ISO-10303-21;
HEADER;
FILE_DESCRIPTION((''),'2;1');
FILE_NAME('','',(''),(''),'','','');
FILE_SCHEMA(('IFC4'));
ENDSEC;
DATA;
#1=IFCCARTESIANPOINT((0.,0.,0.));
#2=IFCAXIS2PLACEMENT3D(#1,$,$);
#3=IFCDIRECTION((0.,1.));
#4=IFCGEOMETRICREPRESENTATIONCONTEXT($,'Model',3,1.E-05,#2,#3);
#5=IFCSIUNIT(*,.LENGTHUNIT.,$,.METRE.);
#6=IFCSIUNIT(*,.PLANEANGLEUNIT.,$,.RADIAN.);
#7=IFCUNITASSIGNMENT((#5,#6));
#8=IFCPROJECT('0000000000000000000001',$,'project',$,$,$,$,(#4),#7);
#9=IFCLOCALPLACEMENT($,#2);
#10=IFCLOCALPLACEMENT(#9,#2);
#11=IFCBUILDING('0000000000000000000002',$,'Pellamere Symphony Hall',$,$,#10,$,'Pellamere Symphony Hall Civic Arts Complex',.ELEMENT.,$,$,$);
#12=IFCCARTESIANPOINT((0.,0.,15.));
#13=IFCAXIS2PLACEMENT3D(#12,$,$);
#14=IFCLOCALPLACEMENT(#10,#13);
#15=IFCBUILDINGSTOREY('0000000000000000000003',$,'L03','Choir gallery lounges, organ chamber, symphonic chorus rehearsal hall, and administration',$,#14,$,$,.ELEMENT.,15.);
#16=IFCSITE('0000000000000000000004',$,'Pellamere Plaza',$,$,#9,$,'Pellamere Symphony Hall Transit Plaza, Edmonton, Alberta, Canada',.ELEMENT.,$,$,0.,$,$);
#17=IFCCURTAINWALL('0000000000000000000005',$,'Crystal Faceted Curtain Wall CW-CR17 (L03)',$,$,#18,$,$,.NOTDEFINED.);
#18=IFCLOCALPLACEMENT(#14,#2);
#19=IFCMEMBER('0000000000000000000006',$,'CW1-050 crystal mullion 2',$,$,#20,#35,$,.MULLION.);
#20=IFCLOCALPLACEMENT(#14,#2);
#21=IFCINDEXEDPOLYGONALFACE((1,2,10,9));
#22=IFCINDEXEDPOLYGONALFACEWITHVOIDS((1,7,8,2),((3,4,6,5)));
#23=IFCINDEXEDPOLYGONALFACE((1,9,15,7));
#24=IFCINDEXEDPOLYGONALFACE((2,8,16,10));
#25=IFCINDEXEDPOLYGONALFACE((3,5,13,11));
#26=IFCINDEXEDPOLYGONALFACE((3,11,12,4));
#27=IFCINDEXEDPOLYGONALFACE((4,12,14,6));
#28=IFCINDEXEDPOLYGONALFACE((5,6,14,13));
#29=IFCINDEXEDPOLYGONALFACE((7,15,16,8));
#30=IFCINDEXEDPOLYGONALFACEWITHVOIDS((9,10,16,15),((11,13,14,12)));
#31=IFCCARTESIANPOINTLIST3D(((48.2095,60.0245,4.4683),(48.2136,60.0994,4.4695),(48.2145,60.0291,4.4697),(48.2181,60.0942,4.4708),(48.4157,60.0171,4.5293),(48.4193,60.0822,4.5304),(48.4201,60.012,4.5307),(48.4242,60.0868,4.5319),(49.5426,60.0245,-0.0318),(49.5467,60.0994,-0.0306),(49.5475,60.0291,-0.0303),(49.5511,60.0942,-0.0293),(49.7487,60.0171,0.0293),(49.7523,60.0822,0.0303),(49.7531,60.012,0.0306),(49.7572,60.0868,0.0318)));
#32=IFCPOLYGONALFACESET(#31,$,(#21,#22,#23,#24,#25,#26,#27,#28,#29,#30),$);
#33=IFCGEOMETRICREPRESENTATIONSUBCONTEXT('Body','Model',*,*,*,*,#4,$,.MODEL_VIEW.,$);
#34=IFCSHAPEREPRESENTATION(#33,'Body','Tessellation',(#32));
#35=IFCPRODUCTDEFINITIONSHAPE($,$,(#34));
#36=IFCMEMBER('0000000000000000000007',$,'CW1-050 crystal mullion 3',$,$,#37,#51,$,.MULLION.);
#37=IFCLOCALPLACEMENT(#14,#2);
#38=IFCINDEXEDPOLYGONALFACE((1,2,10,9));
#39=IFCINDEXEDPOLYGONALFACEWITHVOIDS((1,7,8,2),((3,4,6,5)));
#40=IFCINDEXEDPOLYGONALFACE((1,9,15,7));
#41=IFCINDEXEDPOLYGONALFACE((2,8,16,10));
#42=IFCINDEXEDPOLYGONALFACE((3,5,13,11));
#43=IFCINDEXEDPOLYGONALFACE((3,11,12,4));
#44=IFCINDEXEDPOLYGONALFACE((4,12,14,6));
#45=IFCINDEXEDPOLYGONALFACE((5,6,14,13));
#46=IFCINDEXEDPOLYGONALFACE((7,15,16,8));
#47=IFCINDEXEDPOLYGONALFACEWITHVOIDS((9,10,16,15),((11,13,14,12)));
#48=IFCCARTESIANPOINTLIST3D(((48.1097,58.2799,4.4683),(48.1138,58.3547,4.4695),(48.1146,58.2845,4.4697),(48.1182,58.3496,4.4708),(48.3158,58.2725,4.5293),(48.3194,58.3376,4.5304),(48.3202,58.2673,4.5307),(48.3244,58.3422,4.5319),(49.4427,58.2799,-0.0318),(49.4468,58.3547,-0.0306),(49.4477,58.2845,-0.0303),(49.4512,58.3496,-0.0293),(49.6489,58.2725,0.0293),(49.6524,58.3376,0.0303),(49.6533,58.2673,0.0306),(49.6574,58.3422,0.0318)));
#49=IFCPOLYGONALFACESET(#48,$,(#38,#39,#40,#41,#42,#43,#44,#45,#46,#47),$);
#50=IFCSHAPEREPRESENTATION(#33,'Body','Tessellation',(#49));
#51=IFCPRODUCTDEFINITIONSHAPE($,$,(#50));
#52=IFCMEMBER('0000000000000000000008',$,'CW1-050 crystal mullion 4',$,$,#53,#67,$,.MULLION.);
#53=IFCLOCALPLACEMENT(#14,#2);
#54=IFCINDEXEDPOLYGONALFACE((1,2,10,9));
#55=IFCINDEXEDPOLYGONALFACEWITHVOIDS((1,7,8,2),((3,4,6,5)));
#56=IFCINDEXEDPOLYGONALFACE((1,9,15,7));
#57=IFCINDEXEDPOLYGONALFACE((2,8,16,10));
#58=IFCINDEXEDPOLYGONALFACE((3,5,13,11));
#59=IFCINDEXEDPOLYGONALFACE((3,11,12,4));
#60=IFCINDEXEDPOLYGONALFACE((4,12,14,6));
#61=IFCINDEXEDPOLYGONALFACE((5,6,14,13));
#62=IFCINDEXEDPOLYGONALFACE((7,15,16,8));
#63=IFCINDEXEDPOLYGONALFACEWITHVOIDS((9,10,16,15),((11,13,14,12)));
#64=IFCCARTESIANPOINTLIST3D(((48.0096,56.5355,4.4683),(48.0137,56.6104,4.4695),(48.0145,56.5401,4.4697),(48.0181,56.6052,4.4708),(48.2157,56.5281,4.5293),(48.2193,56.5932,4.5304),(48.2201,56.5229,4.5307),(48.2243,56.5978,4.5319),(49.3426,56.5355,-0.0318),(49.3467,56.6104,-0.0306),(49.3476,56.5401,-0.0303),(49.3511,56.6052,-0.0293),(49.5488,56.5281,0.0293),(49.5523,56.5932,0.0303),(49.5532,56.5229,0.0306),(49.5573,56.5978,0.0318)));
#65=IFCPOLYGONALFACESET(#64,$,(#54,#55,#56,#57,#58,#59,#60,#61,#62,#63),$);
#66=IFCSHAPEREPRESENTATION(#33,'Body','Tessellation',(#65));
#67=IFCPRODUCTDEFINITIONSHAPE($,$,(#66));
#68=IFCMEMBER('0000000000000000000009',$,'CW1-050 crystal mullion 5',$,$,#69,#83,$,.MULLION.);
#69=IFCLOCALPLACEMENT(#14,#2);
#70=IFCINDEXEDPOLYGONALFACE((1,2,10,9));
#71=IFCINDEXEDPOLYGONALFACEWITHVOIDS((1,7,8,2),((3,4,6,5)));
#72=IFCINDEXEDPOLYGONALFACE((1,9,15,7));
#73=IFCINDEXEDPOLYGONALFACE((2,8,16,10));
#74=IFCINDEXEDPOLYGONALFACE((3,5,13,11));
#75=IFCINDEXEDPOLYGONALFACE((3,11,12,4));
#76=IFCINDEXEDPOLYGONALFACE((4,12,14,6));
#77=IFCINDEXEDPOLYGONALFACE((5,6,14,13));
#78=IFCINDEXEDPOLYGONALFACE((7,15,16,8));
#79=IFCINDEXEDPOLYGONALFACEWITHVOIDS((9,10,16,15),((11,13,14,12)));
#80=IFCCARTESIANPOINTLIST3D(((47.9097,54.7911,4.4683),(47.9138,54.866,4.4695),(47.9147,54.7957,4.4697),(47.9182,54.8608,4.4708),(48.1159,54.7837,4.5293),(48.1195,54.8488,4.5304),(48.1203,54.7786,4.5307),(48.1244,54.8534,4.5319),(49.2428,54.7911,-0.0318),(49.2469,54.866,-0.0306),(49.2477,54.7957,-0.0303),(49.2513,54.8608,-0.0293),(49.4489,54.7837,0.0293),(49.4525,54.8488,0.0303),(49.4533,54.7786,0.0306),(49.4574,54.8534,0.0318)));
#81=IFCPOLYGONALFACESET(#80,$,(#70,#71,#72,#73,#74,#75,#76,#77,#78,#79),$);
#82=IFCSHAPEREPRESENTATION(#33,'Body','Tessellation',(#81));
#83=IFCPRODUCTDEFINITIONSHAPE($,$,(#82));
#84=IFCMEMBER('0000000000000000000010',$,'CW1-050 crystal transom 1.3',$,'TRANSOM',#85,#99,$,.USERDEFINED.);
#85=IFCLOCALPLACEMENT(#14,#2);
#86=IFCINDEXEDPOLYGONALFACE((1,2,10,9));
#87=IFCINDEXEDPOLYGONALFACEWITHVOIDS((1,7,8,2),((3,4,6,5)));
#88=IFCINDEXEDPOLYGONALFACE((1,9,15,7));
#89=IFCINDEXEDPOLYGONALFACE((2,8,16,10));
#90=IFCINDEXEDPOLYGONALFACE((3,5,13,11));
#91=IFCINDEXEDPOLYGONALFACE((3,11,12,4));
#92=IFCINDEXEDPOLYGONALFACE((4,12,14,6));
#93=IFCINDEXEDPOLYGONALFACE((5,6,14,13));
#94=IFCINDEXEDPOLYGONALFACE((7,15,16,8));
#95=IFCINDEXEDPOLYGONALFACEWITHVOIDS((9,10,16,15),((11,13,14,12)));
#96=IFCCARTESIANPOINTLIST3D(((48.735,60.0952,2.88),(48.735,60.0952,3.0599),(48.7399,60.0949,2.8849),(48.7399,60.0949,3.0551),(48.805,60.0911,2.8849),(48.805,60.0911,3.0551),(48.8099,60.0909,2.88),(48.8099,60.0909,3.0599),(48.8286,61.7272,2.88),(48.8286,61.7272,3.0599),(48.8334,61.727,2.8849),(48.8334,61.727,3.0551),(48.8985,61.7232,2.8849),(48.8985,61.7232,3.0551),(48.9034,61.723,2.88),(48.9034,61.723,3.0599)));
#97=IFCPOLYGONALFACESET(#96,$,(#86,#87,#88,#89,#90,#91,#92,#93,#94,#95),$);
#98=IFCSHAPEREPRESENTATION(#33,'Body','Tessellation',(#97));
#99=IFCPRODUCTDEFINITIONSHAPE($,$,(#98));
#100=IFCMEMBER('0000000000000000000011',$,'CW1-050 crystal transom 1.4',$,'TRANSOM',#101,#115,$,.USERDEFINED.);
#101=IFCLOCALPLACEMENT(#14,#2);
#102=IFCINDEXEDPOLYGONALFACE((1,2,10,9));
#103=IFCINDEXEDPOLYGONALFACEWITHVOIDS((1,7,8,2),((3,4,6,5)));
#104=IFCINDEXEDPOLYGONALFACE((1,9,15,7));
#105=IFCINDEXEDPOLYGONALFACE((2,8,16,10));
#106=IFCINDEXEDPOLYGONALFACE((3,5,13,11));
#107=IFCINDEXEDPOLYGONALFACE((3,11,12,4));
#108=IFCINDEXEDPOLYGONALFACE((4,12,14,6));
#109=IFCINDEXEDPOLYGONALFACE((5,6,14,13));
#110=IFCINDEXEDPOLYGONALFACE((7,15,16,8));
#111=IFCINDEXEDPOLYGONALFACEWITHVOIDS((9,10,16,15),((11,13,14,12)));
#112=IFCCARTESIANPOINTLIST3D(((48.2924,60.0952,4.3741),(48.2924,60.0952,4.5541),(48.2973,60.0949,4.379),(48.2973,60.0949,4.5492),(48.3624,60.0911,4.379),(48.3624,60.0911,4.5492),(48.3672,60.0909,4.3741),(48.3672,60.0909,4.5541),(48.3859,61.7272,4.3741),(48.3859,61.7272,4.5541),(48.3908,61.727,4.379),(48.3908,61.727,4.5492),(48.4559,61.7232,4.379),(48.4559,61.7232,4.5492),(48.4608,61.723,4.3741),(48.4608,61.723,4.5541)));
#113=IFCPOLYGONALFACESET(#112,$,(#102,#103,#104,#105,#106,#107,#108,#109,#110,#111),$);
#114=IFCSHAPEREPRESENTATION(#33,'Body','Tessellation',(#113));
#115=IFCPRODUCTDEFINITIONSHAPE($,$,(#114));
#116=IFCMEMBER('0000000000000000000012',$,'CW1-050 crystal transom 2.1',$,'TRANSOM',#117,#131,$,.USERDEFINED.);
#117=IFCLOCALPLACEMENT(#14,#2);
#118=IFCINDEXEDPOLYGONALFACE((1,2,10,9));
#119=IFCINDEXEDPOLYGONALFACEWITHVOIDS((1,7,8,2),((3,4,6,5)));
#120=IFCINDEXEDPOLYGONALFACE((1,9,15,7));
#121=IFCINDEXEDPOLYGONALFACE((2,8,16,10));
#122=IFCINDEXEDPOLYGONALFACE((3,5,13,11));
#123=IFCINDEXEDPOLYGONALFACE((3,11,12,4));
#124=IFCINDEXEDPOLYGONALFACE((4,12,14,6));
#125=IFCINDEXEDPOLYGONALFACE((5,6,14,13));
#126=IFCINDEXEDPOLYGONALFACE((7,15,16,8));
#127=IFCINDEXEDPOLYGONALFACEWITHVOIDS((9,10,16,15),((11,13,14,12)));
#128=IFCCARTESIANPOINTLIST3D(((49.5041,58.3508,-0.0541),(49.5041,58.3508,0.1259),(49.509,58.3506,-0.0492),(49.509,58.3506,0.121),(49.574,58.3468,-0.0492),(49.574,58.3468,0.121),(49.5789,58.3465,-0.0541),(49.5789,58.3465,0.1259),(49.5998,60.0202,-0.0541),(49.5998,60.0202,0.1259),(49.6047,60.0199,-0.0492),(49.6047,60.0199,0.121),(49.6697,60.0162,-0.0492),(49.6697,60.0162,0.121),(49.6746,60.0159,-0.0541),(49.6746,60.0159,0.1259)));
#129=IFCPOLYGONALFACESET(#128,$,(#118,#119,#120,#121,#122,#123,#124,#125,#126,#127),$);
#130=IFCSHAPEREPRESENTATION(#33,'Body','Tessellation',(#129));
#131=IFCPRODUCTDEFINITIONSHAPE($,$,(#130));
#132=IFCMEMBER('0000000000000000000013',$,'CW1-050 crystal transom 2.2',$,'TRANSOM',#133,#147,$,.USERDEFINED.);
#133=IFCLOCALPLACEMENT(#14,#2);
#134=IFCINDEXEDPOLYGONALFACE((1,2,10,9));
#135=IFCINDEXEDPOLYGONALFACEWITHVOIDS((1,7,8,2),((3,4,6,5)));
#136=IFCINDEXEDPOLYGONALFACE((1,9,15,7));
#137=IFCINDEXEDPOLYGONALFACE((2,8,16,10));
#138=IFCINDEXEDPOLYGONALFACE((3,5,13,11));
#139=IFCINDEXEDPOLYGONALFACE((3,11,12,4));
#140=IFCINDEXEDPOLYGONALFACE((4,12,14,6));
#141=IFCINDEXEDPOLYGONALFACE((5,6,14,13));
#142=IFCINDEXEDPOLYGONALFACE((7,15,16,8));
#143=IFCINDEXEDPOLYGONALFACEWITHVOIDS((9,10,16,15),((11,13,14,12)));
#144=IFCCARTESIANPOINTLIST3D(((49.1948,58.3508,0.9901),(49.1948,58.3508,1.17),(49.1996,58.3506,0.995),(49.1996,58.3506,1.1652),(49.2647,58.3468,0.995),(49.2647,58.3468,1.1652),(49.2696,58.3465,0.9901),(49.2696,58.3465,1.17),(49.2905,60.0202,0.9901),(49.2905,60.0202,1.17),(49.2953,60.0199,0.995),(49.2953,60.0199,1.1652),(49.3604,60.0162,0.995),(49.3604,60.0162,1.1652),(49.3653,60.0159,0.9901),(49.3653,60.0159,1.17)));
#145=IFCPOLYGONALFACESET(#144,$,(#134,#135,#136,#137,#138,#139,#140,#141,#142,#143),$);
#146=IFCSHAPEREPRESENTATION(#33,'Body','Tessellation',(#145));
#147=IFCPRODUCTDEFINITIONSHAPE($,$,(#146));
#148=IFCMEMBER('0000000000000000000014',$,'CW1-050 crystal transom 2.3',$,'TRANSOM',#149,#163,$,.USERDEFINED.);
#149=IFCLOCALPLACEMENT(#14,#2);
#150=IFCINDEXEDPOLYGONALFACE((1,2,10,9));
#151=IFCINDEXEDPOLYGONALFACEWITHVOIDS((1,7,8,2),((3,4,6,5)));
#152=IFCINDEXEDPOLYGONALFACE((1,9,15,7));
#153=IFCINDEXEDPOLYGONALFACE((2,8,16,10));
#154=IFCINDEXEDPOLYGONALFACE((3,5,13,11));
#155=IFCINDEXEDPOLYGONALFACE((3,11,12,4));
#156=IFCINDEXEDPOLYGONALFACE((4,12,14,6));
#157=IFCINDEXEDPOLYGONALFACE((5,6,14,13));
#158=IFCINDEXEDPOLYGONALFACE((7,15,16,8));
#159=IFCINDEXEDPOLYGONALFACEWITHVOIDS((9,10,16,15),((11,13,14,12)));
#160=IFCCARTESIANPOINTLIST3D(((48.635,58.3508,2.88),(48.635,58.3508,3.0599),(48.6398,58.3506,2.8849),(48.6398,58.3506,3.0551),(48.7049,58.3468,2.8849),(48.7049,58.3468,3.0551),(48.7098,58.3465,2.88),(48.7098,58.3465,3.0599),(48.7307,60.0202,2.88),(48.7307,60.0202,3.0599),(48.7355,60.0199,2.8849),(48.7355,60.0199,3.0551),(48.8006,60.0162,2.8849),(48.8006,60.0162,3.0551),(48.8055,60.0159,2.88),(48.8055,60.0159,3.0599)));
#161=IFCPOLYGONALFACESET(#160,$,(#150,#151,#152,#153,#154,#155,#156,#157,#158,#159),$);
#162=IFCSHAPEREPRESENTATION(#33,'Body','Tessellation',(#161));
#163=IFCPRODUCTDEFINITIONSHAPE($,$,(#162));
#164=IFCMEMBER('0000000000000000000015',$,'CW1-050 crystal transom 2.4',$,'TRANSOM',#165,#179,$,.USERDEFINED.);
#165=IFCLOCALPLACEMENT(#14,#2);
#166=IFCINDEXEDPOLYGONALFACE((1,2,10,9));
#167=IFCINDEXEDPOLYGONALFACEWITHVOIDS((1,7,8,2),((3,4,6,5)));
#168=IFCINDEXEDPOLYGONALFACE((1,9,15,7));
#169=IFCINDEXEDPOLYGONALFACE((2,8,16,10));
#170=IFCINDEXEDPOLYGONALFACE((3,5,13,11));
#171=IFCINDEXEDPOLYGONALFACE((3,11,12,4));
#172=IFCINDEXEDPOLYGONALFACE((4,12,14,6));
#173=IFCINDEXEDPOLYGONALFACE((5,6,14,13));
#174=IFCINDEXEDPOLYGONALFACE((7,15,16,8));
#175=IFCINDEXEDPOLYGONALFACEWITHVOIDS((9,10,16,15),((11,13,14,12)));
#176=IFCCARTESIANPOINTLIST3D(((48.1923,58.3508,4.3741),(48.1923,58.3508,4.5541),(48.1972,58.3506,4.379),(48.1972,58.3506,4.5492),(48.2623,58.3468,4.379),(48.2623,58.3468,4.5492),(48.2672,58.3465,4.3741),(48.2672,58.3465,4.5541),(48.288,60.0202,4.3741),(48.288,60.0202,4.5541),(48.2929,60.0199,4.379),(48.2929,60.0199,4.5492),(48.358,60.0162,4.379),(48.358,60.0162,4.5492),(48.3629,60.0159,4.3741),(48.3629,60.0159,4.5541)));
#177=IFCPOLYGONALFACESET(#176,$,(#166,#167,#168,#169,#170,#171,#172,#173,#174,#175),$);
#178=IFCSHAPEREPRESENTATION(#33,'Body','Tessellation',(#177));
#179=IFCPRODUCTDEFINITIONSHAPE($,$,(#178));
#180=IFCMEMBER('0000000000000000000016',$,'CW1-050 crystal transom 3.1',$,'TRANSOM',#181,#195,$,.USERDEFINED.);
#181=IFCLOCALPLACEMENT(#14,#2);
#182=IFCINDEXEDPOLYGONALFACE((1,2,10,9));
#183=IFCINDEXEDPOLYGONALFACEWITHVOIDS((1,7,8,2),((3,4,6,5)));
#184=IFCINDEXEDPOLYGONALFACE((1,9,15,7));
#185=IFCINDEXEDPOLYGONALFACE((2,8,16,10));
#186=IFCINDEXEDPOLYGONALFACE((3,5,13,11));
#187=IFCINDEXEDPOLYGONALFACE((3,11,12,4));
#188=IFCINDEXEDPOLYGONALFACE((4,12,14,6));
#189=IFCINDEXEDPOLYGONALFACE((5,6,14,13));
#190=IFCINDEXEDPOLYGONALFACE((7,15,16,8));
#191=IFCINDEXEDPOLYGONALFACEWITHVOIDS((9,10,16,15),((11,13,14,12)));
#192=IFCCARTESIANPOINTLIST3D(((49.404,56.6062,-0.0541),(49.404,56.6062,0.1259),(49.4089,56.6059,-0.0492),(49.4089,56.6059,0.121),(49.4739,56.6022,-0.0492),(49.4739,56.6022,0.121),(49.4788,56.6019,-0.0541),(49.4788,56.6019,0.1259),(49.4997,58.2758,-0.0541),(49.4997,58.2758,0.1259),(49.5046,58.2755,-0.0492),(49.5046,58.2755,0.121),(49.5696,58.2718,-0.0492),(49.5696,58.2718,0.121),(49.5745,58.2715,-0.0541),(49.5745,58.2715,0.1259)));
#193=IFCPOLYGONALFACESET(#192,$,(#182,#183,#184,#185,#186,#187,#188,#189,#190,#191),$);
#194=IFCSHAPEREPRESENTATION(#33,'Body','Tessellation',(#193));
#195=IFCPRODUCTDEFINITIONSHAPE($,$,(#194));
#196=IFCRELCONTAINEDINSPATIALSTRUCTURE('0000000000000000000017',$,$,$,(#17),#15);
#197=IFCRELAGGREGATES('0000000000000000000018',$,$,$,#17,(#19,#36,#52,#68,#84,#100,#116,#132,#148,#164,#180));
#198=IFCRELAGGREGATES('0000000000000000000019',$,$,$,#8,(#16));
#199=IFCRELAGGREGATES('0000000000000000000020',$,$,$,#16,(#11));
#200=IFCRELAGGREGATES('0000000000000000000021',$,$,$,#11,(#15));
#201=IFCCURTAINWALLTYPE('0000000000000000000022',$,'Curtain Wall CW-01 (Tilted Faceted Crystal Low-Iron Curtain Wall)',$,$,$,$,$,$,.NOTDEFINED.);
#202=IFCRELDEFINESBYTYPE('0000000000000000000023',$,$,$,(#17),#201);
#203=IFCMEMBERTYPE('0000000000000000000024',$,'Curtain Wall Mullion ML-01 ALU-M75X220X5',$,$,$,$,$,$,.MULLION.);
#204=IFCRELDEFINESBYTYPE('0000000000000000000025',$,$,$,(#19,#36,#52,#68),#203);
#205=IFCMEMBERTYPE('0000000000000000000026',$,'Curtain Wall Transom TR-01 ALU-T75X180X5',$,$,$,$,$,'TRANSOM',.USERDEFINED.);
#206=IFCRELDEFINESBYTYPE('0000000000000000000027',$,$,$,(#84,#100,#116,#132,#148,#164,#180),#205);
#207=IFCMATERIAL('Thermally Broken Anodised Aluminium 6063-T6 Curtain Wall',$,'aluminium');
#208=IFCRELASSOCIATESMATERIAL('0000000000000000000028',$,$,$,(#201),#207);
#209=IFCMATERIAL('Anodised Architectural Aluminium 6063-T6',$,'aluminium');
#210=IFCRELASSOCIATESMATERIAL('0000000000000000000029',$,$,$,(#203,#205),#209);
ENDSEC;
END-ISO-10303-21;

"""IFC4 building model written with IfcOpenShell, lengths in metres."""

from ifc_helpers import new_model, si_unit, direction, frame, origin, origin_2d, place, context, subcontext, project, spatial, hollow_rectangle, extrude, material, material_profile, profile_set, type_object, element, aggregate, save


model = new_model("IFC4")

# Units and contexts
model_context = context("Model", 3, precision=1e-05, world=origin(), true_north=direction((0.0, 1.0)))
body_context = subcontext(model_context, "Body", "Model", "MODEL_VIEW")
ifc_project = project(units=[si_unit("LENGTHUNIT", "METRE"), si_unit("PLANEANGLEUNIT", "RADIAN")], contexts=[model_context])

# Site, building, storey
site_placement = place(None, origin())
site = spatial("IfcSite", under=ifc_project, at=site_placement, Name="Pellamere Plaza", LongName="Pellamere Symphony Hall Transit Plaza, Edmonton, Alberta, Canada", CompositionType="ELEMENT", RefElevation=0.0)
building_placement = place(site_placement, origin())
building = spatial("IfcBuilding", under=site, at=building_placement, Name="Pellamere Symphony Hall", LongName="Pellamere Symphony Hall Civic Arts Complex", CompositionType="ELEMENT")
storey_placement = place(building_placement, frame((0.0, 0.0, 15.0)))
storey = spatial("IfcBuildingStorey", under=building, at=storey_placement, Name="L03", Description="Choir gallery lounges, organ chamber, symphonic chorus rehearsal hall, and administration", CompositionType="ELEMENT", Elevation=15.0)

# Curtain wall, members
ifc_material_1 = material(Name="Thermally Broken Anodised Aluminium 6063-T6 Curtain Wall", Category="aluminium")
curtain_wall_type = type_object("IfcCurtainWallType", Name="Curtain Wall CW-01 (Tilted Faceted Crystal Low-Iron Curtain Wall)", PredefinedType="NOTDEFINED", material=ifc_material_1)
curtain_wall_placement = place(storey_placement, origin())
curtain_wall = element("IfcCurtainWall", 1, at=curtain_wall_placement, inside=storey, type_object=curtain_wall_type, Name="Crystal Faceted Curtain Wall CW-CR17 (L03)", PredefinedType="NOTDEFINED")
ifc_material_2 = material(Name="Anodised Architectural Aluminium 6063-T6", Category="aluminium")
ifc_material_profile_1 = material_profile(ifc_material_2, hollow_rectangle(XDim=0.075, YDim=0.22, WallThickness=0.0049, at=origin_2d()), Name="ALU-M75X220X5")
ifc_profile_set_1 = profile_set([ifc_material_profile_1], Name="Anodised Architectural Aluminium 6063-T6")
member_type_1 = type_object("IfcMemberType", Name="Curtain Wall Mullion ML-01 ALU-M75X220X5", PredefinedType="MULLION", material=ifc_profile_set_1)
member_1_placement = place(storey_placement, frame((49.6499, 60.0557, 0.0), z_axis=(-0.284025, 0.0, 0.958817), x_axis=(-0.054874, -0.998361, -0.016255)))
member_1 = element("IfcMember", 2, at=member_1_placement, type_object=member_type_1, Name="CW1-050 crystal mullion 2", PredefinedType="MULLION", context=body_context, shape_type="SweptSolid", body=[
    extrude(hollow_rectangle(XDim=0.075, YDim=0.22, WallThickness=0.0049, at=origin_2d()), origin(), (0.0, 0.0, 1.0), 4.6934),
])
member_2_placement = place(storey_placement, frame((49.55, 58.311, 0.0), z_axis=(-0.284025, 0.0, 0.958817), x_axis=(-0.054874, -0.998361, -0.016255)))
member_2 = element("IfcMember", 3, at=member_2_placement, type_object=member_type_1, Name="CW1-050 crystal mullion 3", PredefinedType="MULLION", context=body_context, shape_type="SweptSolid", body=[
    extrude(hollow_rectangle(XDim=0.075, YDim=0.22, WallThickness=0.0049, at=origin_2d()), origin(), (0.0, 0.0, 1.0), 4.6934),
])
member_3_placement = place(storey_placement, frame((49.45, 56.5667, 0.0), z_axis=(-0.284025, 0.0, 0.958817), x_axis=(-0.054874, -0.998361, -0.016255)))
member_3 = element("IfcMember", 4, at=member_3_placement, type_object=member_type_1, Name="CW1-050 crystal mullion 4", PredefinedType="MULLION", context=body_context, shape_type="SweptSolid", body=[
    extrude(hollow_rectangle(XDim=0.075, YDim=0.22, WallThickness=0.0049, at=origin_2d()), origin(), (0.0, 0.0, 1.0), 4.6934),
])
member_4_placement = place(storey_placement, frame((49.3501, 54.8223, 0.0), z_axis=(-0.284025, 0.0, 0.958817), x_axis=(-0.054874, -0.998361, -0.016255)))
member_4 = element("IfcMember", 5, at=member_4_placement, type_object=member_type_1, Name="CW1-050 crystal mullion 5", PredefinedType="MULLION", context=body_context, shape_type="SweptSolid", body=[
    extrude(hollow_rectangle(XDim=0.075, YDim=0.22, WallThickness=0.0049, at=origin_2d()), origin(), (0.0, 0.0, 1.0), 4.6934),
])
ifc_material_profile_2 = material_profile(ifc_material_2, hollow_rectangle(XDim=0.075, YDim=0.1799, WallThickness=0.0049, at=origin_2d()), Name="ALU-T75X180X5")
ifc_profile_set_2 = profile_set([ifc_material_profile_2], Name="Anodised Architectural Aluminium 6063-T6")
member_type_2 = type_object("IfcMemberType", Name="Curtain Wall Transom TR-01 ALU-T75X180X5", ElementType="TRANSOM", PredefinedType="USERDEFINED", material=ifc_profile_set_2)
member_5_placement = place(storey_placement, frame((48.866, 61.7251, 2.97), z_axis=(-0.057199, -0.998363, 0.0), x_axis=(0.998363, -0.057199, 0.0)))
member_5 = element("IfcMember", 6, at=member_5_placement, type_object=member_type_2, Name="CW1-050 crystal transom 1.3", ObjectType="TRANSOM", PredefinedType="USERDEFINED", context=body_context, shape_type="SweptSolid", body=[
    extrude(hollow_rectangle(XDim=0.075, YDim=0.1799, WallThickness=0.0049, at=origin_2d()), origin(), (0.0, 0.0, 1.0), 1.6348),
])
member_6_placement = place(storey_placement, frame((48.4233, 61.7251, 4.4641), z_axis=(-0.057199, -0.998363, 0.0), x_axis=(0.998363, -0.057199, 0.0)))
member_6 = element("IfcMember", 7, at=member_6_placement, type_object=member_type_2, Name="CW1-050 crystal transom 1.4", ObjectType="TRANSOM", PredefinedType="USERDEFINED", context=body_context, shape_type="SweptSolid", body=[
    extrude(hollow_rectangle(XDim=0.075, YDim=0.1799, WallThickness=0.0049, at=origin_2d()), origin(), (0.0, 0.0, 1.0), 1.6348),
])
member_7_placement = place(storey_placement, frame((49.6372, 60.0181, 0.0359), z_axis=(-0.057233, -0.998361, 0.0), x_axis=(0.998361, -0.057233, 0.0)))
member_7 = element("IfcMember", 8, at=member_7_placement, type_object=member_type_2, Name="CW1-050 crystal transom 2.1", ObjectType="TRANSOM", PredefinedType="USERDEFINED", context=body_context, shape_type="SweptSolid", body=[
    extrude(hollow_rectangle(XDim=0.075, YDim=0.1799, WallThickness=0.0049, at=origin_2d()), origin(), (0.0, 0.0, 1.0), 1.6721),
])
member_8_placement = place(storey_placement, frame((49.3279, 60.0181, 1.0801), z_axis=(-0.057233, -0.998361, 0.0), x_axis=(0.998361, -0.057233, 0.0)))
member_8 = element("IfcMember", 9, at=member_8_placement, type_object=member_type_2, Name="CW1-050 crystal transom 2.2", ObjectType="TRANSOM", PredefinedType="USERDEFINED", context=body_context, shape_type="SweptSolid", body=[
    extrude(hollow_rectangle(XDim=0.075, YDim=0.1799, WallThickness=0.0049, at=origin_2d()), origin(), (0.0, 0.0, 1.0), 1.6721),
])
member_9_placement = place(storey_placement, frame((48.7681, 60.0181, 2.97), z_axis=(-0.057233, -0.998361, 0.0), x_axis=(0.998361, -0.057233, 0.0)))
member_9 = element("IfcMember", 10, at=member_9_placement, type_object=member_type_2, Name="CW1-050 crystal transom 2.3", ObjectType="TRANSOM", PredefinedType="USERDEFINED", context=body_context, shape_type="SweptSolid", body=[
    extrude(hollow_rectangle(XDim=0.075, YDim=0.1799, WallThickness=0.0049, at=origin_2d()), origin(), (0.0, 0.0, 1.0), 1.6721),
])
member_10_placement = place(storey_placement, frame((48.3254, 60.0181, 4.4641), z_axis=(-0.057233, -0.998361, 0.0), x_axis=(0.998361, -0.057233, 0.0)))
member_10 = element("IfcMember", 11, at=member_10_placement, type_object=member_type_2, Name="CW1-050 crystal transom 2.4", ObjectType="TRANSOM", PredefinedType="USERDEFINED", context=body_context, shape_type="SweptSolid", body=[
    extrude(hollow_rectangle(XDim=0.075, YDim=0.1799, WallThickness=0.0049, at=origin_2d()), origin(), (0.0, 0.0, 1.0), 1.6721),
])
member_11_placement = place(storey_placement, frame((49.5371, 58.2737, 0.0359), z_axis=(-0.057224, -0.998361, 0.0), x_axis=(0.998361, -0.057224, 0.0)))
member_11 = element("IfcMember", 12, at=member_11_placement, type_object=member_type_2, Name="CW1-050 crystal transom 3.1", ObjectType="TRANSOM", PredefinedType="USERDEFINED", context=body_context, shape_type="SweptSolid", body=[
    extrude(hollow_rectangle(XDim=0.075, YDim=0.1799, WallThickness=0.0049, at=origin_2d()), origin(), (0.0, 0.0, 1.0), 1.6724),
])
aggregate(curtain_wall, [member_1, member_2, member_3, member_4, member_5, member_6, member_7, member_8, member_9, member_10, member_11])

save(model, "model.ifc")
